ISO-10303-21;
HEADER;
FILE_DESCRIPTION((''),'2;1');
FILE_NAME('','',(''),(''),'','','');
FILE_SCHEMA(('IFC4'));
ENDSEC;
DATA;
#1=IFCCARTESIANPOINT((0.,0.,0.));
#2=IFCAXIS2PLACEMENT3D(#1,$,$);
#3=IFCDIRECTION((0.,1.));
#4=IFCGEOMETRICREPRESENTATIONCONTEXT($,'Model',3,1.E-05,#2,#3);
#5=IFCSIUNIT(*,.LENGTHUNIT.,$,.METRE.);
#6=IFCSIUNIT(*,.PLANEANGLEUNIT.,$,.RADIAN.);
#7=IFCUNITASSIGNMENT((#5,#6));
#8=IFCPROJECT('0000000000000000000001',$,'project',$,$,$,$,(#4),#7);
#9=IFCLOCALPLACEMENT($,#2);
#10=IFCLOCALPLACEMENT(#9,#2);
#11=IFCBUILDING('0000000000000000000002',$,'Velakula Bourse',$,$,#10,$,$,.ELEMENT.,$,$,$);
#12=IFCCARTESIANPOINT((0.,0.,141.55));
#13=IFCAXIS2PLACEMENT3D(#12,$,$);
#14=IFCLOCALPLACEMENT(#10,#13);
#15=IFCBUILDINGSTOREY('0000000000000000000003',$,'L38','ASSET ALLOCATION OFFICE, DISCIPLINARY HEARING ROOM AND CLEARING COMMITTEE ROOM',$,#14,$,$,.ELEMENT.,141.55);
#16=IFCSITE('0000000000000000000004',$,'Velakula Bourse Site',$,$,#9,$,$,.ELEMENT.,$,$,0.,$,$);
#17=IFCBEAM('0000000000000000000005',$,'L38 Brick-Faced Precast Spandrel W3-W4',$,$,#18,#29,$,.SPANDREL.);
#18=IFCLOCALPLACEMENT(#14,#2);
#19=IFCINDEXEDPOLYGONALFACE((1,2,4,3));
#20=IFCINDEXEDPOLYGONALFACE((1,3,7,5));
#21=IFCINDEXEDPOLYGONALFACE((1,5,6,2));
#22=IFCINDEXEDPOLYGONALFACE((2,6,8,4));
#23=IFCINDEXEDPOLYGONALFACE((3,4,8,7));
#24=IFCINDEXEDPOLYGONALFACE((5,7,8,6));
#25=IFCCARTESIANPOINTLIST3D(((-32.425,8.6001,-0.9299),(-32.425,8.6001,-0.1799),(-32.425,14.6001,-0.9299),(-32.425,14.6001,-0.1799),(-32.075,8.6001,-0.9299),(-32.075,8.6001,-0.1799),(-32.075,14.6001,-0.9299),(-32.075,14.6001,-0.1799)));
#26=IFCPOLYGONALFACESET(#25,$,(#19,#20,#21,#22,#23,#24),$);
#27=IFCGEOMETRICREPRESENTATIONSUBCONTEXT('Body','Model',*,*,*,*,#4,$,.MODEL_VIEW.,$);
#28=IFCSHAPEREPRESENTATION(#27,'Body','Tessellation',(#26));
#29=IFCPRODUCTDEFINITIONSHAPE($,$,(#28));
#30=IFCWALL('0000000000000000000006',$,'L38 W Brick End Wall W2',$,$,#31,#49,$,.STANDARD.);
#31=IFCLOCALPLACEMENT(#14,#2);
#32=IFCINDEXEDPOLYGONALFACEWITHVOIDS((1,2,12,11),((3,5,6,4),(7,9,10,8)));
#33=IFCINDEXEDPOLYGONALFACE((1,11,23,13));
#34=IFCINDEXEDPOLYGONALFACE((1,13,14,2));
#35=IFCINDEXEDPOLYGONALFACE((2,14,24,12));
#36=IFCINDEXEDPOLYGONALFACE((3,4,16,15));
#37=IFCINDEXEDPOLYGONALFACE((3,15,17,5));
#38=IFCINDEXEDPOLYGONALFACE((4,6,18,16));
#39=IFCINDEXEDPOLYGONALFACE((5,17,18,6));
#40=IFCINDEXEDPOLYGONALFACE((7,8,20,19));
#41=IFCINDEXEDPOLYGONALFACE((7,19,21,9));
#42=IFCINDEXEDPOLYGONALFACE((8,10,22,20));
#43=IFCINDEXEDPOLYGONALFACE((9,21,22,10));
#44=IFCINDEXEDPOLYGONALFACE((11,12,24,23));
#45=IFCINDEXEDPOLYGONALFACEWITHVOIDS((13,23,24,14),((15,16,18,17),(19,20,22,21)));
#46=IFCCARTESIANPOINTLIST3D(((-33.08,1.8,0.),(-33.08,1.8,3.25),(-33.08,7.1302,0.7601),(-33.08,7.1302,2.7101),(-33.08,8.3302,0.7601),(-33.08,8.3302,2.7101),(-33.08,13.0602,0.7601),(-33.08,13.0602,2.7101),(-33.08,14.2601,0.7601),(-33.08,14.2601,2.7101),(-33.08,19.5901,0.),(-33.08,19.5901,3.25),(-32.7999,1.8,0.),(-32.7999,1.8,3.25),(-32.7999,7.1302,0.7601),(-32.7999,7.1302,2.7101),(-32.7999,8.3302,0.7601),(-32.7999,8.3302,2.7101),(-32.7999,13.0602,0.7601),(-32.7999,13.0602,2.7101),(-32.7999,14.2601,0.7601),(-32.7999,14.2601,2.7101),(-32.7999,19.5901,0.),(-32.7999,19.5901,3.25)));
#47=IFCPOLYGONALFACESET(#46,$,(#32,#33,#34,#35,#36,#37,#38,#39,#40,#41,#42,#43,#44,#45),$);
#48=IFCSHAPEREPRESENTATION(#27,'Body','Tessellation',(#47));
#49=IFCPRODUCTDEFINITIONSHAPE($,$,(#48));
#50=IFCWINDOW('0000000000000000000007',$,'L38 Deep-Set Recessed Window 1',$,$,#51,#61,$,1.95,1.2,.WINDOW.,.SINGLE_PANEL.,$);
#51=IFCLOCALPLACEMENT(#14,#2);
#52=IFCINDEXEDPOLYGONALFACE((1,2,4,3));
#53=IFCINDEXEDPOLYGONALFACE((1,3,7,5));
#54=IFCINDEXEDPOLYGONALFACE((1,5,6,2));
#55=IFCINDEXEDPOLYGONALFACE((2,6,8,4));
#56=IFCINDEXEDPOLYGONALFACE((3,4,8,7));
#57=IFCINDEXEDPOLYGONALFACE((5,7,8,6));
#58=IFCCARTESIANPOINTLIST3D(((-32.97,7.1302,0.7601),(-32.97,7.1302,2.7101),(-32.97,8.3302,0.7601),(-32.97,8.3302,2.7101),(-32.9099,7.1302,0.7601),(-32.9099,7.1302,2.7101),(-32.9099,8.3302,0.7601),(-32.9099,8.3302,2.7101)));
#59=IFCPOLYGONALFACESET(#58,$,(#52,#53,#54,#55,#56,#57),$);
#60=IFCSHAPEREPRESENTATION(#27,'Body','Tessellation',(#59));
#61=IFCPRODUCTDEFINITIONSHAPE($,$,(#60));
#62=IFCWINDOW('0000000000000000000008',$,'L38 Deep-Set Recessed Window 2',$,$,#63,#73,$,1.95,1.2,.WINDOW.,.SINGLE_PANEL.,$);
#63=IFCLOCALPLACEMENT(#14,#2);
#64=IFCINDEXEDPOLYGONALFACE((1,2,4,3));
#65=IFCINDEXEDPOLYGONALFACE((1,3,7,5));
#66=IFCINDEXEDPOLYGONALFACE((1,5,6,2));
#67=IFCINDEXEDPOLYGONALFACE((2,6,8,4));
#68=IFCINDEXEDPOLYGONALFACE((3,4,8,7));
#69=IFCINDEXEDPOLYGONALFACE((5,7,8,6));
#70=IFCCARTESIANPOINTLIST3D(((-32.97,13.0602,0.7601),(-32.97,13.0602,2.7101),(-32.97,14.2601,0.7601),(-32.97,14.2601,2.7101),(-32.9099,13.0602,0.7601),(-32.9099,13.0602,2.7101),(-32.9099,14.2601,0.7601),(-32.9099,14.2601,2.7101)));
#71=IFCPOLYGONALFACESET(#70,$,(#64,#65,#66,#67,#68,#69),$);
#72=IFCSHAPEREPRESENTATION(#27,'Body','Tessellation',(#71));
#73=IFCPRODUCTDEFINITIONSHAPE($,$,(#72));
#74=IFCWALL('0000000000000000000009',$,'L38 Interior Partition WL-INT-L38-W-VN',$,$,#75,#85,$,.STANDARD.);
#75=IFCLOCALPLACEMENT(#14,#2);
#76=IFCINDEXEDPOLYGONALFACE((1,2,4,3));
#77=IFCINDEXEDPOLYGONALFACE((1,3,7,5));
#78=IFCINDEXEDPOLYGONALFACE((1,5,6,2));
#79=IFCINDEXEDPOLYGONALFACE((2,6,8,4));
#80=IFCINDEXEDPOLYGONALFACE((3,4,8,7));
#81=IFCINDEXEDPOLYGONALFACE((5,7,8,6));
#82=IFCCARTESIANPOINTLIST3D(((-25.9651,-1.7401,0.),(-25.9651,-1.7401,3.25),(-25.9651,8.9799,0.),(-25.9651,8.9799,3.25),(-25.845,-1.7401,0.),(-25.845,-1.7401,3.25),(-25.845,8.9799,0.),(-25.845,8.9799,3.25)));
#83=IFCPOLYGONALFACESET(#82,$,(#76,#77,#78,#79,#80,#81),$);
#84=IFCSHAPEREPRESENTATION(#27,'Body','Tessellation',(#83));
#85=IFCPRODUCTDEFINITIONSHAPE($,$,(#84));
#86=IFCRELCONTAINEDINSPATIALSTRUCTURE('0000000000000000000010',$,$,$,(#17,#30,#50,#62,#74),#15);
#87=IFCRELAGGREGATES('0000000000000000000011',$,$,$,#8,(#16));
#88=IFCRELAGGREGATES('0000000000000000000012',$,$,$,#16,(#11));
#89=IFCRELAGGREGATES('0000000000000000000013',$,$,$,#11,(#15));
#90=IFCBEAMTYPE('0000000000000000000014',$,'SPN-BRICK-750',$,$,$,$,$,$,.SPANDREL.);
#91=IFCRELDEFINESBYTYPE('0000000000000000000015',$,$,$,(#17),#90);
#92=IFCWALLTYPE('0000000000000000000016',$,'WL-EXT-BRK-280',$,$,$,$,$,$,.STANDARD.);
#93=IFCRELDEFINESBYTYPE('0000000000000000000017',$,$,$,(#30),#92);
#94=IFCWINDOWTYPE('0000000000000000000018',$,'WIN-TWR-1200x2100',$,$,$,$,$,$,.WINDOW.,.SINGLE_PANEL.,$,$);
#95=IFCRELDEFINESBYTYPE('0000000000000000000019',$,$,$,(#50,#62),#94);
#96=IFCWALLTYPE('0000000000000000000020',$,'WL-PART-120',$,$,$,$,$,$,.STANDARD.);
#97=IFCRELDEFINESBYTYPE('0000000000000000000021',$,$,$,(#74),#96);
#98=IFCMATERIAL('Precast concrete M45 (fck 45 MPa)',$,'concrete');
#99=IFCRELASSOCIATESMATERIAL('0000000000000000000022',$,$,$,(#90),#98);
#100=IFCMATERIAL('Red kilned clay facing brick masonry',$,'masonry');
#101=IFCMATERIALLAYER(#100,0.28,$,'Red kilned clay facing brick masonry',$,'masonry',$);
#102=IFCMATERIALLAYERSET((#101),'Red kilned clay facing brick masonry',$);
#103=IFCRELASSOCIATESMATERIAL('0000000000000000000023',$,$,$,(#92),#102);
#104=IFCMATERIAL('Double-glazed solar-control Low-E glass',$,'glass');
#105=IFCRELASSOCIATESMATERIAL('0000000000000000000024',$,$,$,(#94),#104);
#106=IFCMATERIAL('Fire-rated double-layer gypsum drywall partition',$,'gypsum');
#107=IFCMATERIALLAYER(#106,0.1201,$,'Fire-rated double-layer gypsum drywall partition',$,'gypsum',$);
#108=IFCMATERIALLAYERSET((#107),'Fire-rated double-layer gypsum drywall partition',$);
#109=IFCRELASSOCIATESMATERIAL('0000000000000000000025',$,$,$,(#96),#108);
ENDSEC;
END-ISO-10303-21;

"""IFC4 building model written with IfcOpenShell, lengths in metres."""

from ifc_helpers import new_model, si_unit, direction, frame, frame_2d, origin, origin_2d, place, context, subcontext, project, spatial, rectangle, extrude, material, layer, layer_set, material_profile, profile_set, type_object, element, fill, save


model = new_model("IFC4")

# Units and contexts
model_context = context("Model", 3, precision=1e-05, world=origin(), true_north=direction((0.0, 1.0)))
body_context = subcontext(model_context, "Body", "Model", "MODEL_VIEW")
ifc_project = project(units=[si_unit("LENGTHUNIT", "METRE"), si_unit("PLANEANGLEUNIT", "RADIAN")], contexts=[model_context])

# Site, building, storey
site_placement = place(None, origin())
site = spatial("IfcSite", under=ifc_project, at=site_placement, Name="Velakula Bourse Site", CompositionType="ELEMENT", RefElevation=0.0)
building_placement = place(site_placement, origin())
building = spatial("IfcBuilding", under=site, at=building_placement, Name="Velakula Bourse", CompositionType="ELEMENT")
storey_placement = place(building_placement, frame((0.0, 0.0, 141.55)))
storey = spatial("IfcBuildingStorey", under=building, at=storey_placement, Name="L38", Description="ASSET ALLOCATION OFFICE, DISCIPLINARY HEARING ROOM AND CLEARING COMMITTEE ROOM", CompositionType="ELEMENT", Elevation=141.55)

# Beam
ifc_material_1 = material(Name="Precast concrete M45 (fck 45 MPa)", Category="concrete")
ifc_material_profile_1 = material_profile(ifc_material_1, rectangle(XDim=0.3501, YDim=0.75, at=origin_2d()), Name="Precast concrete M45 (fck 45 MPa)")
ifc_profile_set_1 = profile_set([ifc_material_profile_1], Name="Precast concrete M45 (fck 45 MPa)")
beam_type_1 = type_object("IfcBeamType", Name="SPN-BRICK-750", PredefinedType="SPANDREL", material=ifc_profile_set_1)
beam_1_placement = place(storey_placement, frame((-32.25, 8.6001, -0.5549), z_axis=(0.0, 1.0, 0.0), x_axis=(-1.0, 0.0, 0.0)))
element("IfcBeam", 1, at=beam_1_placement, inside=storey, type_object=beam_type_1, Name="L38 Brick-Faced Precast Spandrel W3-W4", PredefinedType="SPANDREL", context=body_context, shape_type="SweptSolid", body=[
    extrude(rectangle(XDim=0.3501, YDim=0.75, at=origin_2d()), origin(), (0.0, 0.0, 1.0), 6.0),
])

# Wall, openings, windows
ifc_material_2 = material(Name="Red kilned clay facing brick masonry", Category="masonry")
ifc_layer_1 = layer(ifc_material_2, 0.28, Name="Red kilned clay facing brick masonry", Category="masonry")
ifc_layer_set_1 = layer_set([ifc_layer_1], Name="Red kilned clay facing brick masonry")
wall_type_1 = type_object("IfcWallType", Name="WL-EXT-BRK-280", PredefinedType="STANDARD", material=ifc_layer_set_1)
wall_1_placement = place(storey_placement, frame((-32.9399, 1.8, 0.0), z_axis=(0.0, 0.0, 1.0), x_axis=(0.0, 1.0, 0.0)))
wall_1 = element("IfcWall", 2, at=wall_1_placement, inside=storey, type_object=wall_type_1, Name="L38 W Brick End Wall W2", PredefinedType="STANDARD", context=body_context, shape_type="SweptSolid", body=[
    extrude(rectangle(XDim=17.79, YDim=0.28, at=frame_2d((8.895, 0.0))), origin(), (0.0, 0.0, 1.0), 3.25),
])
opening_1_placement = place(wall_1_placement, frame((5.3301, 0.0, 0.76)))
opening_1 = element("IfcOpeningElement", 3, at=opening_1_placement, cuts=wall_1, PredefinedType="OPENING", context=body_context, shape_type="SweptSolid", body=[
    extrude(rectangle(XDim=1.2, YDim=1.95, at=frame_2d((0.6001, 0.9751))), frame((0.0, 0.1499, 0.0), z_axis=(0.0, -1.0, 0.0), x_axis=(1.0, 0.0, 0.0)), (0.0, 0.0, 1.0), 0.3),
])
opening_2_placement = place(wall_1_placement, frame((11.26, 0.0, 0.76)))
opening_2 = element("IfcOpeningElement", 4, at=opening_2_placement, cuts=wall_1, PredefinedType="OPENING", context=body_context, shape_type="SweptSolid", body=[
    extrude(rectangle(XDim=1.2, YDim=1.95, at=frame_2d((0.6001, 0.9751))), frame((0.0, 0.1499, 0.0), z_axis=(0.0, -1.0, 0.0), x_axis=(1.0, 0.0, 0.0)), (0.0, 0.0, 1.0), 0.3),
])
ifc_material_3 = material(Name="Double-glazed solar-control Low-E glass", Category="glass")
window_type = type_object("IfcWindowType", Name="WIN-TWR-1200x2100", PartitioningType="SINGLE_PANEL", PredefinedType="WINDOW", material=ifc_material_3)
window_1_placement = place(opening_1_placement, origin())
window_1 = element("IfcWindow", 5, at=window_1_placement, inside=storey, type_object=window_type, Name="L38 Deep-Set Recessed Window 1", OverallHeight=1.95, OverallWidth=1.2, PartitioningType="SINGLE_PANEL", PredefinedType="WINDOW", context=body_context, shape_type="SweptSolid", body=[
    extrude(rectangle(XDim=1.2, YDim=1.95, at=frame_2d((0.6001, 0.9751))), frame((0.0, 0.03, 0.0), z_axis=(0.0, -1.0, 0.0), x_axis=(1.0, 0.0, 0.0)), (0.0, 0.0, 1.0), 0.0601),
])
fill(opening_1, window_1)
window_2_placement = place(opening_2_placement, origin())
window_2 = element("IfcWindow", 6, at=window_2_placement, inside=storey, type_object=window_type, Name="L38 Deep-Set Recessed Window 2", OverallHeight=1.95, OverallWidth=1.2, PartitioningType="SINGLE_PANEL", PredefinedType="WINDOW", context=body_context, shape_type="SweptSolid", body=[
    extrude(rectangle(XDim=1.2, YDim=1.95, at=frame_2d((0.6001, 0.9751))), frame((0.0, 0.03, 0.0), z_axis=(0.0, -1.0, 0.0), x_axis=(1.0, 0.0, 0.0)), (0.0, 0.0, 1.0), 0.0601),
])
fill(opening_2, window_2)

# Wall
ifc_material_4 = material(Name="Fire-rated double-layer gypsum drywall partition", Category="gypsum")
ifc_layer_2 = layer(ifc_material_4, 0.1201, Name="Fire-rated double-layer gypsum drywall partition", Category="gypsum")
ifc_layer_set_2 = layer_set([ifc_layer_2], Name="Fire-rated double-layer gypsum drywall partition")
wall_type_2 = type_object("IfcWallType", Name="WL-PART-120", PredefinedType="STANDARD", material=ifc_layer_set_2)
wall_2_placement = place(storey_placement, frame((-25.905, -1.74, 0.0), z_axis=(0.0, 0.0, 1.0), x_axis=(0.0, 1.0, 0.0)))
element("IfcWall", 7, at=wall_2_placement, inside=storey, type_object=wall_type_2, Name="L38 Interior Partition WL-INT-L38-W-VN", PredefinedType="STANDARD", context=body_context, shape_type="SweptSolid", body=[
    extrude(rectangle(XDim=10.72, YDim=0.1201, at=frame_2d((5.3599, 0.0))), origin(), (0.0, 0.0, 1.0), 3.25),
])

save(model, "model.ifc")
